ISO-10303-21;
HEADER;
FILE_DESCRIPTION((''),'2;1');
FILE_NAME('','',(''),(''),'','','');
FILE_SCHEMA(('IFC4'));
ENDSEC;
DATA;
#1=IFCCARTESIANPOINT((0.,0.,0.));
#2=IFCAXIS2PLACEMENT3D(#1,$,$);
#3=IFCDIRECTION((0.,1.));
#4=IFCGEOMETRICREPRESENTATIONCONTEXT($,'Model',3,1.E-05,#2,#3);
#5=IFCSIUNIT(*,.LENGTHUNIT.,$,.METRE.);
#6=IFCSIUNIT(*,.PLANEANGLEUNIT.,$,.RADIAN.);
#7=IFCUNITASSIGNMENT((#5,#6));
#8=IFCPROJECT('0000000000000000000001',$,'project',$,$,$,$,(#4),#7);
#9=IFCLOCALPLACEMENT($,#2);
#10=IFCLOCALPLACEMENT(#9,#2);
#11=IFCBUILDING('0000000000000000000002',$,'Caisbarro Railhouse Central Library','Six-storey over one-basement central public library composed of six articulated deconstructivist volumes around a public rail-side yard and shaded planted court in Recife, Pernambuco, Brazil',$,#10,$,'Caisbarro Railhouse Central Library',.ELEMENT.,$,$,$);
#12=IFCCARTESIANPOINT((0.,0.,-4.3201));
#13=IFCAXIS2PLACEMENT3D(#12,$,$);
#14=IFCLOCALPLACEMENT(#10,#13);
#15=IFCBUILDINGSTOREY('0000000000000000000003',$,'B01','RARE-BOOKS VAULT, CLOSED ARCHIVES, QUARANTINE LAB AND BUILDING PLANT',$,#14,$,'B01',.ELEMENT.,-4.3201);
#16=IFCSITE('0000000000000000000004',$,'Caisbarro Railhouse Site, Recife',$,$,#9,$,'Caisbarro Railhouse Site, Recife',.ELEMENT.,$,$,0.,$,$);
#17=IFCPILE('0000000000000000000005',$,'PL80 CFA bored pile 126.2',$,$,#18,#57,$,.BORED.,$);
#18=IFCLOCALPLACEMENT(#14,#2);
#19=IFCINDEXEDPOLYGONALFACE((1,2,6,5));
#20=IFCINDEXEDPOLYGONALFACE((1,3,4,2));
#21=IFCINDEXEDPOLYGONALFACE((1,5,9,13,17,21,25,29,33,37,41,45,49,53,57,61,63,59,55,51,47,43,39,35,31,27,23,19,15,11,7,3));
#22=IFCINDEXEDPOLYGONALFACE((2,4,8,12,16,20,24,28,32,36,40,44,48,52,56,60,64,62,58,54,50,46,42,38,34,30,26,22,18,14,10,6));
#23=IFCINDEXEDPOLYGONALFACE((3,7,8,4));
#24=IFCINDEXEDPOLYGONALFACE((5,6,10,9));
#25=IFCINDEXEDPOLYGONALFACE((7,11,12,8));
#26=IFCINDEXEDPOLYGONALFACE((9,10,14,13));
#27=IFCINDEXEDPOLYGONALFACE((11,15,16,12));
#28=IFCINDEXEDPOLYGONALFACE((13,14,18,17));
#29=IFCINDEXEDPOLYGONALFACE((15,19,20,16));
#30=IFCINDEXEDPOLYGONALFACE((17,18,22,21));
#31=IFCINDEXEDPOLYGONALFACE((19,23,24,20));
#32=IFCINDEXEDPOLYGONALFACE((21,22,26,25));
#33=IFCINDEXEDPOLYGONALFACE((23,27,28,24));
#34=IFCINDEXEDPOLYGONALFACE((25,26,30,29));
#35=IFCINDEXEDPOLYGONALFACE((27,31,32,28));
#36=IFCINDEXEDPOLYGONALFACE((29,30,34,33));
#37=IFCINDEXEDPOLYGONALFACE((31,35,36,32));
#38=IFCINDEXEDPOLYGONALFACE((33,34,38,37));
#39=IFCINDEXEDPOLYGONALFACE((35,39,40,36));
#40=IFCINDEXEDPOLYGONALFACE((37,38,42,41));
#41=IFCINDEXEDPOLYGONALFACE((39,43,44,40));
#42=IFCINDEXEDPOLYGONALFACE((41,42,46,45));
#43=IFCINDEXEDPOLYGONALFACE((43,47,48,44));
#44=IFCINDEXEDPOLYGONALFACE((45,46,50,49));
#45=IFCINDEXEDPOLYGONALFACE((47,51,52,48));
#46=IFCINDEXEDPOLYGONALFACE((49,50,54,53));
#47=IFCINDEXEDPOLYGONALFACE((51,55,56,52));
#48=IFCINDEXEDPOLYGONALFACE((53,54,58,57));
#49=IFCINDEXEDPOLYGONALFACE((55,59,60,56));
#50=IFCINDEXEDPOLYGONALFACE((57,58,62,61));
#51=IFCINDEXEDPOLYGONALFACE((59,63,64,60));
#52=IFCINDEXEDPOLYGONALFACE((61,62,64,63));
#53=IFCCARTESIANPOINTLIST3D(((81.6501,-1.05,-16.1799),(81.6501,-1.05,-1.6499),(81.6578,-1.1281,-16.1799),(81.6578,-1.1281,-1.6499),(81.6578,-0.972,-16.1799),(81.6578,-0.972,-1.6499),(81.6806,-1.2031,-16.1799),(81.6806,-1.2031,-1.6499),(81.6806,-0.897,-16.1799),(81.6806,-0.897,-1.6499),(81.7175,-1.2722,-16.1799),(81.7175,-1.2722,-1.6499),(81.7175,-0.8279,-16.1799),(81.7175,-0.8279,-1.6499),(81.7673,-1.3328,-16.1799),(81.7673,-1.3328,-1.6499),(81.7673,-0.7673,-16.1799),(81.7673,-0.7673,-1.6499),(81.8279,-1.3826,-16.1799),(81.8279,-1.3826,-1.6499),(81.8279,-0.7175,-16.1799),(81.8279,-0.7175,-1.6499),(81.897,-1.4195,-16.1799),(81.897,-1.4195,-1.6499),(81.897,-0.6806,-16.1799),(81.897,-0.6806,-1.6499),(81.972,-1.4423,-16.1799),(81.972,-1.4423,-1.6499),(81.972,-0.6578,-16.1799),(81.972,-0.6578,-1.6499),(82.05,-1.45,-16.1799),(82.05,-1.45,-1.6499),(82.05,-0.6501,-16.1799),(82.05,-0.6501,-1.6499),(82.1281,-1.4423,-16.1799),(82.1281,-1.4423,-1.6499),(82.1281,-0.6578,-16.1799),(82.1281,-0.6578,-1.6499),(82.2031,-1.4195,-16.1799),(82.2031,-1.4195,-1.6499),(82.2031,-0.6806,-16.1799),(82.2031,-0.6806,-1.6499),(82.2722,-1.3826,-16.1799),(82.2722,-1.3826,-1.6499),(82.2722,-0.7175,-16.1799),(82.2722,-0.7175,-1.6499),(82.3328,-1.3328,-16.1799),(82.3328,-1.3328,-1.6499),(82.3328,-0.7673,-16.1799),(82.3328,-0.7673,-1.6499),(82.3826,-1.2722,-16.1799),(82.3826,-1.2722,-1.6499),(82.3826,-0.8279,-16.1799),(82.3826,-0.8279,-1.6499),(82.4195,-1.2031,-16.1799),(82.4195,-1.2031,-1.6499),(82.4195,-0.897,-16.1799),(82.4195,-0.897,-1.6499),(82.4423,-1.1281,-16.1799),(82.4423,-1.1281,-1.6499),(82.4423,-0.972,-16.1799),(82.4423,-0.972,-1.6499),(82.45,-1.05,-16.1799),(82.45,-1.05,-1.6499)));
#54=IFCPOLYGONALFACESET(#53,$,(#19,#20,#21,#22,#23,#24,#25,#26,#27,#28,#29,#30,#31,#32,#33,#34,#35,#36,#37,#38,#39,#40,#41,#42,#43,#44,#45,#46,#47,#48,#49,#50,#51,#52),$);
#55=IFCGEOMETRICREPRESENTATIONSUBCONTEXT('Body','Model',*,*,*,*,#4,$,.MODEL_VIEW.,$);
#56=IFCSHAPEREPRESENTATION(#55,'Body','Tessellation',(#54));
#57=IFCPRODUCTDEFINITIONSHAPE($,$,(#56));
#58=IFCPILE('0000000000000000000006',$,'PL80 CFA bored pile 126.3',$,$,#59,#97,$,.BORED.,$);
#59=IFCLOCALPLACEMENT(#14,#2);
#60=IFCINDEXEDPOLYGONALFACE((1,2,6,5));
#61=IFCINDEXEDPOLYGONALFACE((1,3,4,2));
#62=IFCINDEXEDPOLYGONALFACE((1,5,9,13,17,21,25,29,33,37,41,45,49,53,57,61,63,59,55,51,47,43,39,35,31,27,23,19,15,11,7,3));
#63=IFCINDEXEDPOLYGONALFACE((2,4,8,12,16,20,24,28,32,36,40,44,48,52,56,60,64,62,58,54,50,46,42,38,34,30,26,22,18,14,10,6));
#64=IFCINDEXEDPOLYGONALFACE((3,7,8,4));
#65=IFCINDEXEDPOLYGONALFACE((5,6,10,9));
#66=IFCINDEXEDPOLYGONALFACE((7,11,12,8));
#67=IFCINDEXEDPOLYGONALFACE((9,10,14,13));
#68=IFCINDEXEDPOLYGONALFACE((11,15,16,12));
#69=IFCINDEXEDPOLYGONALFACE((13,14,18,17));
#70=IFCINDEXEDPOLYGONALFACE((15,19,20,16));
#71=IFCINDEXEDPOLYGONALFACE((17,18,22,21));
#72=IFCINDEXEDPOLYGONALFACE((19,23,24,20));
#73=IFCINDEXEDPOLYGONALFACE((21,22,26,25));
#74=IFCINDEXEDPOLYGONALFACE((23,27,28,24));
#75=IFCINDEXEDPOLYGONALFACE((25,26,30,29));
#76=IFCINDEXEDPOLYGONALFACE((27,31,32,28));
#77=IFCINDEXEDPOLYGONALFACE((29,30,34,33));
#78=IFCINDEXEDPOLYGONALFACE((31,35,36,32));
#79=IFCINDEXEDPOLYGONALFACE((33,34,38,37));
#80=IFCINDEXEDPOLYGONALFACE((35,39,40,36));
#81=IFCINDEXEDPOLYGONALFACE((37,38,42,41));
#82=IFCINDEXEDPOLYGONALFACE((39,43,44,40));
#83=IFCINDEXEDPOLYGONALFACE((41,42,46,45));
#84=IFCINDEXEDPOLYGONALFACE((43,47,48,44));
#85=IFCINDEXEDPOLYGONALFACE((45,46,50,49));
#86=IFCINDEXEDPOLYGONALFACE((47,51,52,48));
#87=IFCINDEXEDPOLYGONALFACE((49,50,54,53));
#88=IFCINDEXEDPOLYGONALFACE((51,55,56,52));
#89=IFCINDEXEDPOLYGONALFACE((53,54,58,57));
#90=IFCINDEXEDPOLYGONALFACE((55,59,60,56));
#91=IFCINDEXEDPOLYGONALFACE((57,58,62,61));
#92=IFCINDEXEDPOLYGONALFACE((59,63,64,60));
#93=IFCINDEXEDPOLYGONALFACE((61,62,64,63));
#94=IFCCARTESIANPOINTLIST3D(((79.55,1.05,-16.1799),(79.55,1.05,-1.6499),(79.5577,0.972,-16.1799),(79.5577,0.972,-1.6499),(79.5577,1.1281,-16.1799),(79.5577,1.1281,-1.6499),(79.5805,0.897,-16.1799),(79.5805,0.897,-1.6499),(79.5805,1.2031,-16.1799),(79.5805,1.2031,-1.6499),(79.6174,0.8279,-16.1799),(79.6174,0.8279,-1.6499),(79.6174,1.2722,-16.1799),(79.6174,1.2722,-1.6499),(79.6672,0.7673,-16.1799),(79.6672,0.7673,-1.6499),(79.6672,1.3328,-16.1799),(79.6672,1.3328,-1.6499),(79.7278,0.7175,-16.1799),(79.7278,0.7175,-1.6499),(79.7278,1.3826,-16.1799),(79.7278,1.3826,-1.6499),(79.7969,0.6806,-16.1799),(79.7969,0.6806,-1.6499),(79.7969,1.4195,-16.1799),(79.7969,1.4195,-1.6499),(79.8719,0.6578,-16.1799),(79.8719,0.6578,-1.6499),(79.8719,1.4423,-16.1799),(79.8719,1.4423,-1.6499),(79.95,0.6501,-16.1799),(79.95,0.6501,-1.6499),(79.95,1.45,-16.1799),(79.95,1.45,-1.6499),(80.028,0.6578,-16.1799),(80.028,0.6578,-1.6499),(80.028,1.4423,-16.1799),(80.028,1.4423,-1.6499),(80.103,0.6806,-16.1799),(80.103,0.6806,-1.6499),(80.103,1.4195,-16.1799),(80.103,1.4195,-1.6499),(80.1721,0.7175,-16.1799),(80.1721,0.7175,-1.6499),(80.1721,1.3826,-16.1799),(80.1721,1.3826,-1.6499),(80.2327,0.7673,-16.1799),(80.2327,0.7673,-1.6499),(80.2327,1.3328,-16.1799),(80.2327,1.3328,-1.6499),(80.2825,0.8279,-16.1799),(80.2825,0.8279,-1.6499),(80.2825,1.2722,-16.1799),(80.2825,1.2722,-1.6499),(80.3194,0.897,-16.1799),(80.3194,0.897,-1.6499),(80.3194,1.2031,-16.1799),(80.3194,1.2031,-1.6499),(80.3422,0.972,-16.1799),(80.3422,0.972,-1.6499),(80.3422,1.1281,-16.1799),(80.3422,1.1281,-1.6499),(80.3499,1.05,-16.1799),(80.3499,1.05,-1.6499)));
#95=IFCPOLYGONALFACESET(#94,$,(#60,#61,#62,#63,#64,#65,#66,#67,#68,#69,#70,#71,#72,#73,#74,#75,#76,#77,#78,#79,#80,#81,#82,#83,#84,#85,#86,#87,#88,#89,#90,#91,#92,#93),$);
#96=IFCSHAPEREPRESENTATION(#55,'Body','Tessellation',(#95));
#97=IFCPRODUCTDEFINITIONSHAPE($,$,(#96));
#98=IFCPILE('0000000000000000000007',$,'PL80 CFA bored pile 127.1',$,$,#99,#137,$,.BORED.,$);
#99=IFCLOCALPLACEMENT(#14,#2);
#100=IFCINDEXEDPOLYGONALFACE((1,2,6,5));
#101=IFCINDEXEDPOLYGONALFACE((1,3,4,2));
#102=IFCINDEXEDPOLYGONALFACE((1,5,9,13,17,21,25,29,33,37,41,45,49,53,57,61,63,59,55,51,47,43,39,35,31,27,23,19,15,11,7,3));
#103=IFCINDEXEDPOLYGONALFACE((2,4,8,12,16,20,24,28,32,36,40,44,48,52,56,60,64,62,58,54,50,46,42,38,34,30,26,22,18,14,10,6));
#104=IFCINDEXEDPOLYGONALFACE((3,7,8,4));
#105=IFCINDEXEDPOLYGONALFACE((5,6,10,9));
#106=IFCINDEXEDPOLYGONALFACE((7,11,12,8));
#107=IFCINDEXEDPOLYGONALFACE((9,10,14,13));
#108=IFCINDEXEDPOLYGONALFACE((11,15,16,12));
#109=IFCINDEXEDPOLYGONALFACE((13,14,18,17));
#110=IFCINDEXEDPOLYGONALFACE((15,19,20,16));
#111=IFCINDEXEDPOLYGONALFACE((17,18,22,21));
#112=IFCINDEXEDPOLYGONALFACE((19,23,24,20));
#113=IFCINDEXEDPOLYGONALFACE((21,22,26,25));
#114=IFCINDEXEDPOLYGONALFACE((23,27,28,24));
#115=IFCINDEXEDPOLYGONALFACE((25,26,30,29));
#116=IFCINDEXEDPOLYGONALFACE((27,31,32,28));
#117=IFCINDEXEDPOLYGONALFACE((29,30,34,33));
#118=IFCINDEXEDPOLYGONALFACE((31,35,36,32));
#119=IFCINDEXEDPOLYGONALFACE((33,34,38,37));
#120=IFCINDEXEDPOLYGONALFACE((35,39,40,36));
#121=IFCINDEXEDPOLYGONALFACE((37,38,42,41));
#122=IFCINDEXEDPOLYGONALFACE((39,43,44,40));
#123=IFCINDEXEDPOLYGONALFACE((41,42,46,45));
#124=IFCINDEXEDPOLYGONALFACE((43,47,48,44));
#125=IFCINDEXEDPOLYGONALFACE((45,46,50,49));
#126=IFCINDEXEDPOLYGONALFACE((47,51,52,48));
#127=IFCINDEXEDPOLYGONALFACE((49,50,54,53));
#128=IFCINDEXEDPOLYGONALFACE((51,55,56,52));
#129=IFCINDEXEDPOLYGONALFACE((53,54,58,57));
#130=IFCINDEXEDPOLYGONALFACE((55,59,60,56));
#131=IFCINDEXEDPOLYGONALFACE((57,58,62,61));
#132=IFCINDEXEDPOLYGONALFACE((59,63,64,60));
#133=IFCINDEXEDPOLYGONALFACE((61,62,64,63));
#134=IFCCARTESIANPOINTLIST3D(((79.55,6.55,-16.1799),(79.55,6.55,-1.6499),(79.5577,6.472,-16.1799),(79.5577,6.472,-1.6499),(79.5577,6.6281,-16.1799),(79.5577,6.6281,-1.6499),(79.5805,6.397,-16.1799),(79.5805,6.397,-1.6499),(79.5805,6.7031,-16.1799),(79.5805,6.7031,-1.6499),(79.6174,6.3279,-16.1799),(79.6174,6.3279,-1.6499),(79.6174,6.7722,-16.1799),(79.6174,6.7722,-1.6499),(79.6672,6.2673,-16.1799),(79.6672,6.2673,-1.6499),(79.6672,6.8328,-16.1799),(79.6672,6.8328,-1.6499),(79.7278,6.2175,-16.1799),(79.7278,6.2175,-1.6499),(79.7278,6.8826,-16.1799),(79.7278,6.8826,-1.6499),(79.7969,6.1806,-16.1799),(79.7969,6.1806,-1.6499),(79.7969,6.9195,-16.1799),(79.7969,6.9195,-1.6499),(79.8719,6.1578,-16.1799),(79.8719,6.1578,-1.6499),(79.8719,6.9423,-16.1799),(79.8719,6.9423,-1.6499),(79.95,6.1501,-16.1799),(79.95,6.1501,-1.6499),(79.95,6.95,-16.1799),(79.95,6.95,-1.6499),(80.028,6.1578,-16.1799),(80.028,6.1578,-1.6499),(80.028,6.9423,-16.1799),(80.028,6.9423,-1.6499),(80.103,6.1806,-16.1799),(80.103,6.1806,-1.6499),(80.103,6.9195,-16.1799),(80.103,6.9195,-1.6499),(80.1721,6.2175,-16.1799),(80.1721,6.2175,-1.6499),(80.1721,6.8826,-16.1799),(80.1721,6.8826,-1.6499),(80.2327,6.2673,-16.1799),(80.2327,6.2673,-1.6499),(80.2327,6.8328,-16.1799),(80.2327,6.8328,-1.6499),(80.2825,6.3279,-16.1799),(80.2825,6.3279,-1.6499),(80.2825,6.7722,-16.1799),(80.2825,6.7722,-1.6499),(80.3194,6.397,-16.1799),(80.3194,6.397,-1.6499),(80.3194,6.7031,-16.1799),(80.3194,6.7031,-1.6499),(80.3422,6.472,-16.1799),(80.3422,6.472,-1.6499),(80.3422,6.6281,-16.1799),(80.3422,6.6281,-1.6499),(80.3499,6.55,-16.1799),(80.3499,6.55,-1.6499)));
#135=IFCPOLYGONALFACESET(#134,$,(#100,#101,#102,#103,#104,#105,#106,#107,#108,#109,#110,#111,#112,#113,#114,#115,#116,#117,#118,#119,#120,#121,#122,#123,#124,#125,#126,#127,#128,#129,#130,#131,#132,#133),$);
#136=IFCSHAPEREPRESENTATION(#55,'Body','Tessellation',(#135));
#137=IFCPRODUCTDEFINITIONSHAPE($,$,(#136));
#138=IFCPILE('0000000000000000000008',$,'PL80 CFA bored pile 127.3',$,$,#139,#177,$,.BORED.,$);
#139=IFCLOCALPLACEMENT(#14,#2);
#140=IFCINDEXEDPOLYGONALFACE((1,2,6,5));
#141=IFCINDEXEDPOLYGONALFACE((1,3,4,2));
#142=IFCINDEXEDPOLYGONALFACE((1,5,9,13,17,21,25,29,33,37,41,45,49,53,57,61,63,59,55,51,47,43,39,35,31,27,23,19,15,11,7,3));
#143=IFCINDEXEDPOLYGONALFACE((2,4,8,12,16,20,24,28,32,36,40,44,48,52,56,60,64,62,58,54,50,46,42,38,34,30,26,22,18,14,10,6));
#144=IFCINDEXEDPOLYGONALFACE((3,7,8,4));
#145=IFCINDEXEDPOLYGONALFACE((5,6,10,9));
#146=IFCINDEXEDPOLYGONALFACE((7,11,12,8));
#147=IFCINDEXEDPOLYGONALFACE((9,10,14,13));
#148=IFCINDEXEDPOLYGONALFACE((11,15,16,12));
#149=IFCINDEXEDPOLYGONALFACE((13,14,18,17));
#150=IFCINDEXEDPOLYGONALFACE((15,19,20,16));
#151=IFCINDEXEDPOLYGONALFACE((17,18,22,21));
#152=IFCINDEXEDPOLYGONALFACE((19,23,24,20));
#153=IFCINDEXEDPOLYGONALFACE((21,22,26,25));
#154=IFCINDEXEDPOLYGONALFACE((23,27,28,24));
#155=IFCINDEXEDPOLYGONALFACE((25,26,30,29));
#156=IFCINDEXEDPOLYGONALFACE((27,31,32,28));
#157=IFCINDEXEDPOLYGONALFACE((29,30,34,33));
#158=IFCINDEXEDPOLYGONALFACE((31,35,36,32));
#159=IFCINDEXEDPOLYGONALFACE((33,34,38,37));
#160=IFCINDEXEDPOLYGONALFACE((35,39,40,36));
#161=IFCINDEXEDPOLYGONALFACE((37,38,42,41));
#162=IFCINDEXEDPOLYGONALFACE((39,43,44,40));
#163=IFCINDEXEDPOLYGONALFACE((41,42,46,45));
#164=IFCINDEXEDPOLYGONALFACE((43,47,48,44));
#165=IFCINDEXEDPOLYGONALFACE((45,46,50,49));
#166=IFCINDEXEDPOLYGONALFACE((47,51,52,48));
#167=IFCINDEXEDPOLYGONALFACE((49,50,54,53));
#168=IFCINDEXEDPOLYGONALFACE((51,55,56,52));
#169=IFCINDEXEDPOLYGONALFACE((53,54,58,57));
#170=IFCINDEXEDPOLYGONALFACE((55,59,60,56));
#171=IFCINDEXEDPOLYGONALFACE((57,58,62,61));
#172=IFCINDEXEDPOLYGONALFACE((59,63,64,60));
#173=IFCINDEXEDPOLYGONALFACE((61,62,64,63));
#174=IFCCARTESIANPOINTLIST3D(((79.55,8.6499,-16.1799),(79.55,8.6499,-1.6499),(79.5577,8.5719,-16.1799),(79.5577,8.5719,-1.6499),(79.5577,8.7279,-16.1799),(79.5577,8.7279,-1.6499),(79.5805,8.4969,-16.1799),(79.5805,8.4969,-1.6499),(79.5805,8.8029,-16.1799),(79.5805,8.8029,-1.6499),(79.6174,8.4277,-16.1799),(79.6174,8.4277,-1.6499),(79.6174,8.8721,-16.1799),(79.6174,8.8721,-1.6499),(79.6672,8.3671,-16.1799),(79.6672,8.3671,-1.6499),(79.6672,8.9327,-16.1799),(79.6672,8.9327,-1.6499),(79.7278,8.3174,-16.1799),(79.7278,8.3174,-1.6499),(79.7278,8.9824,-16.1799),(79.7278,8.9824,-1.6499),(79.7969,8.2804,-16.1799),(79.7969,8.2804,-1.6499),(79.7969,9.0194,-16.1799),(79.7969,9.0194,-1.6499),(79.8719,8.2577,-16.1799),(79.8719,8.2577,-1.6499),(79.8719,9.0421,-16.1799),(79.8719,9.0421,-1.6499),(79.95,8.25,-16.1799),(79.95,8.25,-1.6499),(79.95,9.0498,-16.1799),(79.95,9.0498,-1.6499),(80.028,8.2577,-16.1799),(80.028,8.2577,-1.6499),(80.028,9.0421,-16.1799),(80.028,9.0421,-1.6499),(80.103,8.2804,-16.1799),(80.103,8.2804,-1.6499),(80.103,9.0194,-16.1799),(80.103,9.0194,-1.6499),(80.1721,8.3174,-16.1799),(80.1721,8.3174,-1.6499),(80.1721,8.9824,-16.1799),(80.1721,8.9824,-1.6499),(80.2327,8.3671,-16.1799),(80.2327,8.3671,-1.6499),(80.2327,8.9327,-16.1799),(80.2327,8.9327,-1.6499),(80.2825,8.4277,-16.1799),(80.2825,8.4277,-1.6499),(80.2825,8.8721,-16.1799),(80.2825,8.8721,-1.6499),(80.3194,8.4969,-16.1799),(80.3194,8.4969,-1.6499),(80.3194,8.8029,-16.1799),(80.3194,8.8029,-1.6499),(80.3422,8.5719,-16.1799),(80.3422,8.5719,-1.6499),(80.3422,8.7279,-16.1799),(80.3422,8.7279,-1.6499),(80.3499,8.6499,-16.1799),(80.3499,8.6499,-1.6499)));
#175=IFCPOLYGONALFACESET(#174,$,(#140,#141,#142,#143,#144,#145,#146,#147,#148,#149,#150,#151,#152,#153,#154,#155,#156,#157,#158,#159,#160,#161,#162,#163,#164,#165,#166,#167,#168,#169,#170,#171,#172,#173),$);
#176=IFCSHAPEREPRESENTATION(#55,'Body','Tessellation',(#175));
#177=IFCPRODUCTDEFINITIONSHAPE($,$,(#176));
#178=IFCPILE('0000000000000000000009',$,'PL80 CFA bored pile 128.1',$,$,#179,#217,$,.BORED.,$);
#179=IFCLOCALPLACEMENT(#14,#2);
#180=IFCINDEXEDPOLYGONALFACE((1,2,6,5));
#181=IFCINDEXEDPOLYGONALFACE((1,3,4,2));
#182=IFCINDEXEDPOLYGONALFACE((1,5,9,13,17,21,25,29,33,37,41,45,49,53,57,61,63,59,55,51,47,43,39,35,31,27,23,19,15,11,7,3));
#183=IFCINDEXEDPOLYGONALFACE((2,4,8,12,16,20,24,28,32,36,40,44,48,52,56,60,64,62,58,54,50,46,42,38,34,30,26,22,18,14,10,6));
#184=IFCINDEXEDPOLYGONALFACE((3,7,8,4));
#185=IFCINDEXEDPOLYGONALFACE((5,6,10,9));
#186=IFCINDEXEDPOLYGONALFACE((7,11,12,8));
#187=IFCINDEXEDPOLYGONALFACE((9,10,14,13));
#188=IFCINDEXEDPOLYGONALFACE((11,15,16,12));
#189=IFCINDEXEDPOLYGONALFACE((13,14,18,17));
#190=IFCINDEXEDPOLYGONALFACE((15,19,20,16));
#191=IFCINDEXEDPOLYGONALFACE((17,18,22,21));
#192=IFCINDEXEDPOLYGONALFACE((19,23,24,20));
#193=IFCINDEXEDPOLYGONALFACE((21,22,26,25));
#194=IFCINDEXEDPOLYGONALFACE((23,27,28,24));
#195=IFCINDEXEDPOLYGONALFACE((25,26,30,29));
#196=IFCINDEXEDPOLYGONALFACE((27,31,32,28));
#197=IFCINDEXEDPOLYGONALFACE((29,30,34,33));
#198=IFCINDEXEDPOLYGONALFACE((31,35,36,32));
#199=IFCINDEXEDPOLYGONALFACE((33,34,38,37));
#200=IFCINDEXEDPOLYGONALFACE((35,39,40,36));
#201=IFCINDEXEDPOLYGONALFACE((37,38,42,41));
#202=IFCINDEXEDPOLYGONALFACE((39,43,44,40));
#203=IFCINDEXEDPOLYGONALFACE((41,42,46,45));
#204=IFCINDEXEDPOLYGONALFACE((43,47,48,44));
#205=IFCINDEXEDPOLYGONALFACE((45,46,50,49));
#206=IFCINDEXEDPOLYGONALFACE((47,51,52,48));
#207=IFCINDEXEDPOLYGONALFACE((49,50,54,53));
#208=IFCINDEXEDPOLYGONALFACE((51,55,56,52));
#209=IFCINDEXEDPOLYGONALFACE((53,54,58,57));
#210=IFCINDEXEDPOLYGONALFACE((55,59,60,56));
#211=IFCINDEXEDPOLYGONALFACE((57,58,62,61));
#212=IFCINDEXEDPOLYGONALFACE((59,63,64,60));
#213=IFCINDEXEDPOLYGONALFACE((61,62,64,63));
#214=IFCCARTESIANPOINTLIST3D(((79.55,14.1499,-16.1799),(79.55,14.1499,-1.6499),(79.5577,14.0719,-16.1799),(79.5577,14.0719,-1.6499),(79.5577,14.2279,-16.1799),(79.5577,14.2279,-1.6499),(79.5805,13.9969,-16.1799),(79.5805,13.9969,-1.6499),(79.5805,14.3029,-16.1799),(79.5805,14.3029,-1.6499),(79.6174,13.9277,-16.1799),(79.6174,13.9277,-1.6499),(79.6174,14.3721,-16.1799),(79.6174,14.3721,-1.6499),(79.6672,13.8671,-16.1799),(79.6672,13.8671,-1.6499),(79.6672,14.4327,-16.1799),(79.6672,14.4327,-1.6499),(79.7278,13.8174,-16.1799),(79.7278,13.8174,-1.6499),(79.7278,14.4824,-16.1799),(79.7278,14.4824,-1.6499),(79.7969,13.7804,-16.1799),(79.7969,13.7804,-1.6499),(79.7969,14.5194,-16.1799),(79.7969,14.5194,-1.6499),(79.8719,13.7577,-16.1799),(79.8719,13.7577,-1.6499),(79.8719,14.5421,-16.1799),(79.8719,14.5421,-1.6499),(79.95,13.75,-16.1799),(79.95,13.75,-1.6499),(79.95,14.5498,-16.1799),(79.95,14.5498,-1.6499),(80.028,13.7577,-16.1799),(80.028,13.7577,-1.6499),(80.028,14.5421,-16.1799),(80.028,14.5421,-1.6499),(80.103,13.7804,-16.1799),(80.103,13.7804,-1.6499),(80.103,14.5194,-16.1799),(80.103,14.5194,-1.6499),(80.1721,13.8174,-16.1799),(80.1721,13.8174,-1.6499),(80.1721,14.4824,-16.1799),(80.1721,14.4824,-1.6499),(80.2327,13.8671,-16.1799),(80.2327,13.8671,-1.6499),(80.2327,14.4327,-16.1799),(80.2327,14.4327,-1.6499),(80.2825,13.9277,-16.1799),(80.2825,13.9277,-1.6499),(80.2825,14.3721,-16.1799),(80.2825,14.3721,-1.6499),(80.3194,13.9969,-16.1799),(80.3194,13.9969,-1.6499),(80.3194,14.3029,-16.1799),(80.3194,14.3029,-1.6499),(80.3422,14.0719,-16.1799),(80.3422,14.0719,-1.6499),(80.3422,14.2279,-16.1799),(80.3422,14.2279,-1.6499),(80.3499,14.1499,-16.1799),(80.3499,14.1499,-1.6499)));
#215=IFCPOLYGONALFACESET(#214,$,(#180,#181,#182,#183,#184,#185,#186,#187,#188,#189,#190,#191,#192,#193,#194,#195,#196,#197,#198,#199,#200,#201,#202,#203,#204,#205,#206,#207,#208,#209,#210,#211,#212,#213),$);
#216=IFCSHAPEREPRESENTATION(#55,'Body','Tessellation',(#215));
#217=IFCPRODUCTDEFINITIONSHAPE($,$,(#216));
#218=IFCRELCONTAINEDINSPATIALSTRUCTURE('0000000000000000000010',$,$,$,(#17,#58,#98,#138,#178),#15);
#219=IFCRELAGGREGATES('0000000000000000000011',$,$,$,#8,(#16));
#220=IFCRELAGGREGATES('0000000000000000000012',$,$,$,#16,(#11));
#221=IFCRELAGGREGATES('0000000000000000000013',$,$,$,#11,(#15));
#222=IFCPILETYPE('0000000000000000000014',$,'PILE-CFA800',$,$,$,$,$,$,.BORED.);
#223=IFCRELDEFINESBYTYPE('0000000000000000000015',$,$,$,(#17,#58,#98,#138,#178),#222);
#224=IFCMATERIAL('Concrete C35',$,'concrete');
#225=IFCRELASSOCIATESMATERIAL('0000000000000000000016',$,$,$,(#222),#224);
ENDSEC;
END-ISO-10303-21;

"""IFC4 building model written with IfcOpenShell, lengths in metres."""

from ifc_helpers import new_model, si_unit, direction, frame, origin, origin_2d, place, context, subcontext, project, spatial, circle, extrude, material, material_profile, profile_set, type_object, element, save


model = new_model("IFC4")

# Units and contexts
model_context = context("Model", 3, precision=1e-05, world=origin(), true_north=direction((0.0, 1.0)))
body_context = subcontext(model_context, "Body", "Model", "MODEL_VIEW")
ifc_project = project(units=[si_unit("LENGTHUNIT", "METRE"), si_unit("PLANEANGLEUNIT", "RADIAN")], contexts=[model_context])

# Site, building, storey
site_placement = place(None, origin())
site = spatial("IfcSite", under=ifc_project, at=site_placement, Name="Caisbarro Railhouse Site, Recife", LongName="Caisbarro Railhouse Site, Recife", CompositionType="ELEMENT", RefElevation=0.0)
building_placement = place(site_placement, origin())
building = spatial("IfcBuilding", under=site, at=building_placement, Name="Caisbarro Railhouse Central Library", Description="Six-storey over one-basement central public library composed of six articulated deconstructivist volumes around a public rail-side yard and shaded planted court in Recife, Pernambuco, Brazil", LongName="Caisbarro Railhouse Central Library", CompositionType="ELEMENT")
storey_placement = place(building_placement, frame((0.0, 0.0, -4.3201)))
storey = spatial("IfcBuildingStorey", under=building, at=storey_placement, Name="B01", Description="RARE-BOOKS VAULT, CLOSED ARCHIVES, QUARANTINE LAB AND BUILDING PLANT", LongName="B01", CompositionType="ELEMENT", Elevation=-4.3201)

# Piles
ifc_material_1 = material(Name="Concrete C35", Category="concrete")
ifc_material_profile_1 = material_profile(ifc_material_1, circle(Radius=0.3999, at=origin_2d()), Name="PILE-CFA-800")
ifc_profile_set_1 = profile_set([ifc_material_profile_1], Name="Concrete C35")
pile_type = type_object("IfcPileType", Name="PILE-CFA800", PredefinedType="BORED", material=ifc_profile_set_1)
for number, where, z_axis, x_axis, name in (
    (1, (82.05, -1.05, -1.6499), (0.0, 0.0, -1.0), (1.0, 0.0, 0.0), "PL80 CFA bored pile 126.2"),
    (2, (79.95, 1.05, -1.6499), (0.0, 0.0, -1.0), (1.0, 0.0, 0.0), "PL80 CFA bored pile 126.3"),
    (3, (79.95, 6.55, -1.6499), (0.0, 0.0, -1.0), (1.0, 0.0, 0.0), "PL80 CFA bored pile 127.1"),
    (4, (79.95, 8.6499, -1.6499), (0.0, 0.0, -1.0), (1.0, 0.0, 0.0), "PL80 CFA bored pile 127.3"),
    (5, (79.95, 14.1499, -1.6499), (0.0, 0.0, -1.0), (1.0, 0.0, 0.0), "PL80 CFA bored pile 128.1"),
):
    element("IfcPile", number, at=place(storey_placement, frame(where, z_axis=z_axis, x_axis=x_axis)), inside=storey, type_object=pile_type, Name=name, PredefinedType="BORED", context=body_context, shape_type="SweptSolid", body=[
        extrude(circle(Radius=0.3999, at=origin_2d()), origin(), (0.0, 0.0, 1.0), 14.53),
    ])

save(model, "model.ifc")
